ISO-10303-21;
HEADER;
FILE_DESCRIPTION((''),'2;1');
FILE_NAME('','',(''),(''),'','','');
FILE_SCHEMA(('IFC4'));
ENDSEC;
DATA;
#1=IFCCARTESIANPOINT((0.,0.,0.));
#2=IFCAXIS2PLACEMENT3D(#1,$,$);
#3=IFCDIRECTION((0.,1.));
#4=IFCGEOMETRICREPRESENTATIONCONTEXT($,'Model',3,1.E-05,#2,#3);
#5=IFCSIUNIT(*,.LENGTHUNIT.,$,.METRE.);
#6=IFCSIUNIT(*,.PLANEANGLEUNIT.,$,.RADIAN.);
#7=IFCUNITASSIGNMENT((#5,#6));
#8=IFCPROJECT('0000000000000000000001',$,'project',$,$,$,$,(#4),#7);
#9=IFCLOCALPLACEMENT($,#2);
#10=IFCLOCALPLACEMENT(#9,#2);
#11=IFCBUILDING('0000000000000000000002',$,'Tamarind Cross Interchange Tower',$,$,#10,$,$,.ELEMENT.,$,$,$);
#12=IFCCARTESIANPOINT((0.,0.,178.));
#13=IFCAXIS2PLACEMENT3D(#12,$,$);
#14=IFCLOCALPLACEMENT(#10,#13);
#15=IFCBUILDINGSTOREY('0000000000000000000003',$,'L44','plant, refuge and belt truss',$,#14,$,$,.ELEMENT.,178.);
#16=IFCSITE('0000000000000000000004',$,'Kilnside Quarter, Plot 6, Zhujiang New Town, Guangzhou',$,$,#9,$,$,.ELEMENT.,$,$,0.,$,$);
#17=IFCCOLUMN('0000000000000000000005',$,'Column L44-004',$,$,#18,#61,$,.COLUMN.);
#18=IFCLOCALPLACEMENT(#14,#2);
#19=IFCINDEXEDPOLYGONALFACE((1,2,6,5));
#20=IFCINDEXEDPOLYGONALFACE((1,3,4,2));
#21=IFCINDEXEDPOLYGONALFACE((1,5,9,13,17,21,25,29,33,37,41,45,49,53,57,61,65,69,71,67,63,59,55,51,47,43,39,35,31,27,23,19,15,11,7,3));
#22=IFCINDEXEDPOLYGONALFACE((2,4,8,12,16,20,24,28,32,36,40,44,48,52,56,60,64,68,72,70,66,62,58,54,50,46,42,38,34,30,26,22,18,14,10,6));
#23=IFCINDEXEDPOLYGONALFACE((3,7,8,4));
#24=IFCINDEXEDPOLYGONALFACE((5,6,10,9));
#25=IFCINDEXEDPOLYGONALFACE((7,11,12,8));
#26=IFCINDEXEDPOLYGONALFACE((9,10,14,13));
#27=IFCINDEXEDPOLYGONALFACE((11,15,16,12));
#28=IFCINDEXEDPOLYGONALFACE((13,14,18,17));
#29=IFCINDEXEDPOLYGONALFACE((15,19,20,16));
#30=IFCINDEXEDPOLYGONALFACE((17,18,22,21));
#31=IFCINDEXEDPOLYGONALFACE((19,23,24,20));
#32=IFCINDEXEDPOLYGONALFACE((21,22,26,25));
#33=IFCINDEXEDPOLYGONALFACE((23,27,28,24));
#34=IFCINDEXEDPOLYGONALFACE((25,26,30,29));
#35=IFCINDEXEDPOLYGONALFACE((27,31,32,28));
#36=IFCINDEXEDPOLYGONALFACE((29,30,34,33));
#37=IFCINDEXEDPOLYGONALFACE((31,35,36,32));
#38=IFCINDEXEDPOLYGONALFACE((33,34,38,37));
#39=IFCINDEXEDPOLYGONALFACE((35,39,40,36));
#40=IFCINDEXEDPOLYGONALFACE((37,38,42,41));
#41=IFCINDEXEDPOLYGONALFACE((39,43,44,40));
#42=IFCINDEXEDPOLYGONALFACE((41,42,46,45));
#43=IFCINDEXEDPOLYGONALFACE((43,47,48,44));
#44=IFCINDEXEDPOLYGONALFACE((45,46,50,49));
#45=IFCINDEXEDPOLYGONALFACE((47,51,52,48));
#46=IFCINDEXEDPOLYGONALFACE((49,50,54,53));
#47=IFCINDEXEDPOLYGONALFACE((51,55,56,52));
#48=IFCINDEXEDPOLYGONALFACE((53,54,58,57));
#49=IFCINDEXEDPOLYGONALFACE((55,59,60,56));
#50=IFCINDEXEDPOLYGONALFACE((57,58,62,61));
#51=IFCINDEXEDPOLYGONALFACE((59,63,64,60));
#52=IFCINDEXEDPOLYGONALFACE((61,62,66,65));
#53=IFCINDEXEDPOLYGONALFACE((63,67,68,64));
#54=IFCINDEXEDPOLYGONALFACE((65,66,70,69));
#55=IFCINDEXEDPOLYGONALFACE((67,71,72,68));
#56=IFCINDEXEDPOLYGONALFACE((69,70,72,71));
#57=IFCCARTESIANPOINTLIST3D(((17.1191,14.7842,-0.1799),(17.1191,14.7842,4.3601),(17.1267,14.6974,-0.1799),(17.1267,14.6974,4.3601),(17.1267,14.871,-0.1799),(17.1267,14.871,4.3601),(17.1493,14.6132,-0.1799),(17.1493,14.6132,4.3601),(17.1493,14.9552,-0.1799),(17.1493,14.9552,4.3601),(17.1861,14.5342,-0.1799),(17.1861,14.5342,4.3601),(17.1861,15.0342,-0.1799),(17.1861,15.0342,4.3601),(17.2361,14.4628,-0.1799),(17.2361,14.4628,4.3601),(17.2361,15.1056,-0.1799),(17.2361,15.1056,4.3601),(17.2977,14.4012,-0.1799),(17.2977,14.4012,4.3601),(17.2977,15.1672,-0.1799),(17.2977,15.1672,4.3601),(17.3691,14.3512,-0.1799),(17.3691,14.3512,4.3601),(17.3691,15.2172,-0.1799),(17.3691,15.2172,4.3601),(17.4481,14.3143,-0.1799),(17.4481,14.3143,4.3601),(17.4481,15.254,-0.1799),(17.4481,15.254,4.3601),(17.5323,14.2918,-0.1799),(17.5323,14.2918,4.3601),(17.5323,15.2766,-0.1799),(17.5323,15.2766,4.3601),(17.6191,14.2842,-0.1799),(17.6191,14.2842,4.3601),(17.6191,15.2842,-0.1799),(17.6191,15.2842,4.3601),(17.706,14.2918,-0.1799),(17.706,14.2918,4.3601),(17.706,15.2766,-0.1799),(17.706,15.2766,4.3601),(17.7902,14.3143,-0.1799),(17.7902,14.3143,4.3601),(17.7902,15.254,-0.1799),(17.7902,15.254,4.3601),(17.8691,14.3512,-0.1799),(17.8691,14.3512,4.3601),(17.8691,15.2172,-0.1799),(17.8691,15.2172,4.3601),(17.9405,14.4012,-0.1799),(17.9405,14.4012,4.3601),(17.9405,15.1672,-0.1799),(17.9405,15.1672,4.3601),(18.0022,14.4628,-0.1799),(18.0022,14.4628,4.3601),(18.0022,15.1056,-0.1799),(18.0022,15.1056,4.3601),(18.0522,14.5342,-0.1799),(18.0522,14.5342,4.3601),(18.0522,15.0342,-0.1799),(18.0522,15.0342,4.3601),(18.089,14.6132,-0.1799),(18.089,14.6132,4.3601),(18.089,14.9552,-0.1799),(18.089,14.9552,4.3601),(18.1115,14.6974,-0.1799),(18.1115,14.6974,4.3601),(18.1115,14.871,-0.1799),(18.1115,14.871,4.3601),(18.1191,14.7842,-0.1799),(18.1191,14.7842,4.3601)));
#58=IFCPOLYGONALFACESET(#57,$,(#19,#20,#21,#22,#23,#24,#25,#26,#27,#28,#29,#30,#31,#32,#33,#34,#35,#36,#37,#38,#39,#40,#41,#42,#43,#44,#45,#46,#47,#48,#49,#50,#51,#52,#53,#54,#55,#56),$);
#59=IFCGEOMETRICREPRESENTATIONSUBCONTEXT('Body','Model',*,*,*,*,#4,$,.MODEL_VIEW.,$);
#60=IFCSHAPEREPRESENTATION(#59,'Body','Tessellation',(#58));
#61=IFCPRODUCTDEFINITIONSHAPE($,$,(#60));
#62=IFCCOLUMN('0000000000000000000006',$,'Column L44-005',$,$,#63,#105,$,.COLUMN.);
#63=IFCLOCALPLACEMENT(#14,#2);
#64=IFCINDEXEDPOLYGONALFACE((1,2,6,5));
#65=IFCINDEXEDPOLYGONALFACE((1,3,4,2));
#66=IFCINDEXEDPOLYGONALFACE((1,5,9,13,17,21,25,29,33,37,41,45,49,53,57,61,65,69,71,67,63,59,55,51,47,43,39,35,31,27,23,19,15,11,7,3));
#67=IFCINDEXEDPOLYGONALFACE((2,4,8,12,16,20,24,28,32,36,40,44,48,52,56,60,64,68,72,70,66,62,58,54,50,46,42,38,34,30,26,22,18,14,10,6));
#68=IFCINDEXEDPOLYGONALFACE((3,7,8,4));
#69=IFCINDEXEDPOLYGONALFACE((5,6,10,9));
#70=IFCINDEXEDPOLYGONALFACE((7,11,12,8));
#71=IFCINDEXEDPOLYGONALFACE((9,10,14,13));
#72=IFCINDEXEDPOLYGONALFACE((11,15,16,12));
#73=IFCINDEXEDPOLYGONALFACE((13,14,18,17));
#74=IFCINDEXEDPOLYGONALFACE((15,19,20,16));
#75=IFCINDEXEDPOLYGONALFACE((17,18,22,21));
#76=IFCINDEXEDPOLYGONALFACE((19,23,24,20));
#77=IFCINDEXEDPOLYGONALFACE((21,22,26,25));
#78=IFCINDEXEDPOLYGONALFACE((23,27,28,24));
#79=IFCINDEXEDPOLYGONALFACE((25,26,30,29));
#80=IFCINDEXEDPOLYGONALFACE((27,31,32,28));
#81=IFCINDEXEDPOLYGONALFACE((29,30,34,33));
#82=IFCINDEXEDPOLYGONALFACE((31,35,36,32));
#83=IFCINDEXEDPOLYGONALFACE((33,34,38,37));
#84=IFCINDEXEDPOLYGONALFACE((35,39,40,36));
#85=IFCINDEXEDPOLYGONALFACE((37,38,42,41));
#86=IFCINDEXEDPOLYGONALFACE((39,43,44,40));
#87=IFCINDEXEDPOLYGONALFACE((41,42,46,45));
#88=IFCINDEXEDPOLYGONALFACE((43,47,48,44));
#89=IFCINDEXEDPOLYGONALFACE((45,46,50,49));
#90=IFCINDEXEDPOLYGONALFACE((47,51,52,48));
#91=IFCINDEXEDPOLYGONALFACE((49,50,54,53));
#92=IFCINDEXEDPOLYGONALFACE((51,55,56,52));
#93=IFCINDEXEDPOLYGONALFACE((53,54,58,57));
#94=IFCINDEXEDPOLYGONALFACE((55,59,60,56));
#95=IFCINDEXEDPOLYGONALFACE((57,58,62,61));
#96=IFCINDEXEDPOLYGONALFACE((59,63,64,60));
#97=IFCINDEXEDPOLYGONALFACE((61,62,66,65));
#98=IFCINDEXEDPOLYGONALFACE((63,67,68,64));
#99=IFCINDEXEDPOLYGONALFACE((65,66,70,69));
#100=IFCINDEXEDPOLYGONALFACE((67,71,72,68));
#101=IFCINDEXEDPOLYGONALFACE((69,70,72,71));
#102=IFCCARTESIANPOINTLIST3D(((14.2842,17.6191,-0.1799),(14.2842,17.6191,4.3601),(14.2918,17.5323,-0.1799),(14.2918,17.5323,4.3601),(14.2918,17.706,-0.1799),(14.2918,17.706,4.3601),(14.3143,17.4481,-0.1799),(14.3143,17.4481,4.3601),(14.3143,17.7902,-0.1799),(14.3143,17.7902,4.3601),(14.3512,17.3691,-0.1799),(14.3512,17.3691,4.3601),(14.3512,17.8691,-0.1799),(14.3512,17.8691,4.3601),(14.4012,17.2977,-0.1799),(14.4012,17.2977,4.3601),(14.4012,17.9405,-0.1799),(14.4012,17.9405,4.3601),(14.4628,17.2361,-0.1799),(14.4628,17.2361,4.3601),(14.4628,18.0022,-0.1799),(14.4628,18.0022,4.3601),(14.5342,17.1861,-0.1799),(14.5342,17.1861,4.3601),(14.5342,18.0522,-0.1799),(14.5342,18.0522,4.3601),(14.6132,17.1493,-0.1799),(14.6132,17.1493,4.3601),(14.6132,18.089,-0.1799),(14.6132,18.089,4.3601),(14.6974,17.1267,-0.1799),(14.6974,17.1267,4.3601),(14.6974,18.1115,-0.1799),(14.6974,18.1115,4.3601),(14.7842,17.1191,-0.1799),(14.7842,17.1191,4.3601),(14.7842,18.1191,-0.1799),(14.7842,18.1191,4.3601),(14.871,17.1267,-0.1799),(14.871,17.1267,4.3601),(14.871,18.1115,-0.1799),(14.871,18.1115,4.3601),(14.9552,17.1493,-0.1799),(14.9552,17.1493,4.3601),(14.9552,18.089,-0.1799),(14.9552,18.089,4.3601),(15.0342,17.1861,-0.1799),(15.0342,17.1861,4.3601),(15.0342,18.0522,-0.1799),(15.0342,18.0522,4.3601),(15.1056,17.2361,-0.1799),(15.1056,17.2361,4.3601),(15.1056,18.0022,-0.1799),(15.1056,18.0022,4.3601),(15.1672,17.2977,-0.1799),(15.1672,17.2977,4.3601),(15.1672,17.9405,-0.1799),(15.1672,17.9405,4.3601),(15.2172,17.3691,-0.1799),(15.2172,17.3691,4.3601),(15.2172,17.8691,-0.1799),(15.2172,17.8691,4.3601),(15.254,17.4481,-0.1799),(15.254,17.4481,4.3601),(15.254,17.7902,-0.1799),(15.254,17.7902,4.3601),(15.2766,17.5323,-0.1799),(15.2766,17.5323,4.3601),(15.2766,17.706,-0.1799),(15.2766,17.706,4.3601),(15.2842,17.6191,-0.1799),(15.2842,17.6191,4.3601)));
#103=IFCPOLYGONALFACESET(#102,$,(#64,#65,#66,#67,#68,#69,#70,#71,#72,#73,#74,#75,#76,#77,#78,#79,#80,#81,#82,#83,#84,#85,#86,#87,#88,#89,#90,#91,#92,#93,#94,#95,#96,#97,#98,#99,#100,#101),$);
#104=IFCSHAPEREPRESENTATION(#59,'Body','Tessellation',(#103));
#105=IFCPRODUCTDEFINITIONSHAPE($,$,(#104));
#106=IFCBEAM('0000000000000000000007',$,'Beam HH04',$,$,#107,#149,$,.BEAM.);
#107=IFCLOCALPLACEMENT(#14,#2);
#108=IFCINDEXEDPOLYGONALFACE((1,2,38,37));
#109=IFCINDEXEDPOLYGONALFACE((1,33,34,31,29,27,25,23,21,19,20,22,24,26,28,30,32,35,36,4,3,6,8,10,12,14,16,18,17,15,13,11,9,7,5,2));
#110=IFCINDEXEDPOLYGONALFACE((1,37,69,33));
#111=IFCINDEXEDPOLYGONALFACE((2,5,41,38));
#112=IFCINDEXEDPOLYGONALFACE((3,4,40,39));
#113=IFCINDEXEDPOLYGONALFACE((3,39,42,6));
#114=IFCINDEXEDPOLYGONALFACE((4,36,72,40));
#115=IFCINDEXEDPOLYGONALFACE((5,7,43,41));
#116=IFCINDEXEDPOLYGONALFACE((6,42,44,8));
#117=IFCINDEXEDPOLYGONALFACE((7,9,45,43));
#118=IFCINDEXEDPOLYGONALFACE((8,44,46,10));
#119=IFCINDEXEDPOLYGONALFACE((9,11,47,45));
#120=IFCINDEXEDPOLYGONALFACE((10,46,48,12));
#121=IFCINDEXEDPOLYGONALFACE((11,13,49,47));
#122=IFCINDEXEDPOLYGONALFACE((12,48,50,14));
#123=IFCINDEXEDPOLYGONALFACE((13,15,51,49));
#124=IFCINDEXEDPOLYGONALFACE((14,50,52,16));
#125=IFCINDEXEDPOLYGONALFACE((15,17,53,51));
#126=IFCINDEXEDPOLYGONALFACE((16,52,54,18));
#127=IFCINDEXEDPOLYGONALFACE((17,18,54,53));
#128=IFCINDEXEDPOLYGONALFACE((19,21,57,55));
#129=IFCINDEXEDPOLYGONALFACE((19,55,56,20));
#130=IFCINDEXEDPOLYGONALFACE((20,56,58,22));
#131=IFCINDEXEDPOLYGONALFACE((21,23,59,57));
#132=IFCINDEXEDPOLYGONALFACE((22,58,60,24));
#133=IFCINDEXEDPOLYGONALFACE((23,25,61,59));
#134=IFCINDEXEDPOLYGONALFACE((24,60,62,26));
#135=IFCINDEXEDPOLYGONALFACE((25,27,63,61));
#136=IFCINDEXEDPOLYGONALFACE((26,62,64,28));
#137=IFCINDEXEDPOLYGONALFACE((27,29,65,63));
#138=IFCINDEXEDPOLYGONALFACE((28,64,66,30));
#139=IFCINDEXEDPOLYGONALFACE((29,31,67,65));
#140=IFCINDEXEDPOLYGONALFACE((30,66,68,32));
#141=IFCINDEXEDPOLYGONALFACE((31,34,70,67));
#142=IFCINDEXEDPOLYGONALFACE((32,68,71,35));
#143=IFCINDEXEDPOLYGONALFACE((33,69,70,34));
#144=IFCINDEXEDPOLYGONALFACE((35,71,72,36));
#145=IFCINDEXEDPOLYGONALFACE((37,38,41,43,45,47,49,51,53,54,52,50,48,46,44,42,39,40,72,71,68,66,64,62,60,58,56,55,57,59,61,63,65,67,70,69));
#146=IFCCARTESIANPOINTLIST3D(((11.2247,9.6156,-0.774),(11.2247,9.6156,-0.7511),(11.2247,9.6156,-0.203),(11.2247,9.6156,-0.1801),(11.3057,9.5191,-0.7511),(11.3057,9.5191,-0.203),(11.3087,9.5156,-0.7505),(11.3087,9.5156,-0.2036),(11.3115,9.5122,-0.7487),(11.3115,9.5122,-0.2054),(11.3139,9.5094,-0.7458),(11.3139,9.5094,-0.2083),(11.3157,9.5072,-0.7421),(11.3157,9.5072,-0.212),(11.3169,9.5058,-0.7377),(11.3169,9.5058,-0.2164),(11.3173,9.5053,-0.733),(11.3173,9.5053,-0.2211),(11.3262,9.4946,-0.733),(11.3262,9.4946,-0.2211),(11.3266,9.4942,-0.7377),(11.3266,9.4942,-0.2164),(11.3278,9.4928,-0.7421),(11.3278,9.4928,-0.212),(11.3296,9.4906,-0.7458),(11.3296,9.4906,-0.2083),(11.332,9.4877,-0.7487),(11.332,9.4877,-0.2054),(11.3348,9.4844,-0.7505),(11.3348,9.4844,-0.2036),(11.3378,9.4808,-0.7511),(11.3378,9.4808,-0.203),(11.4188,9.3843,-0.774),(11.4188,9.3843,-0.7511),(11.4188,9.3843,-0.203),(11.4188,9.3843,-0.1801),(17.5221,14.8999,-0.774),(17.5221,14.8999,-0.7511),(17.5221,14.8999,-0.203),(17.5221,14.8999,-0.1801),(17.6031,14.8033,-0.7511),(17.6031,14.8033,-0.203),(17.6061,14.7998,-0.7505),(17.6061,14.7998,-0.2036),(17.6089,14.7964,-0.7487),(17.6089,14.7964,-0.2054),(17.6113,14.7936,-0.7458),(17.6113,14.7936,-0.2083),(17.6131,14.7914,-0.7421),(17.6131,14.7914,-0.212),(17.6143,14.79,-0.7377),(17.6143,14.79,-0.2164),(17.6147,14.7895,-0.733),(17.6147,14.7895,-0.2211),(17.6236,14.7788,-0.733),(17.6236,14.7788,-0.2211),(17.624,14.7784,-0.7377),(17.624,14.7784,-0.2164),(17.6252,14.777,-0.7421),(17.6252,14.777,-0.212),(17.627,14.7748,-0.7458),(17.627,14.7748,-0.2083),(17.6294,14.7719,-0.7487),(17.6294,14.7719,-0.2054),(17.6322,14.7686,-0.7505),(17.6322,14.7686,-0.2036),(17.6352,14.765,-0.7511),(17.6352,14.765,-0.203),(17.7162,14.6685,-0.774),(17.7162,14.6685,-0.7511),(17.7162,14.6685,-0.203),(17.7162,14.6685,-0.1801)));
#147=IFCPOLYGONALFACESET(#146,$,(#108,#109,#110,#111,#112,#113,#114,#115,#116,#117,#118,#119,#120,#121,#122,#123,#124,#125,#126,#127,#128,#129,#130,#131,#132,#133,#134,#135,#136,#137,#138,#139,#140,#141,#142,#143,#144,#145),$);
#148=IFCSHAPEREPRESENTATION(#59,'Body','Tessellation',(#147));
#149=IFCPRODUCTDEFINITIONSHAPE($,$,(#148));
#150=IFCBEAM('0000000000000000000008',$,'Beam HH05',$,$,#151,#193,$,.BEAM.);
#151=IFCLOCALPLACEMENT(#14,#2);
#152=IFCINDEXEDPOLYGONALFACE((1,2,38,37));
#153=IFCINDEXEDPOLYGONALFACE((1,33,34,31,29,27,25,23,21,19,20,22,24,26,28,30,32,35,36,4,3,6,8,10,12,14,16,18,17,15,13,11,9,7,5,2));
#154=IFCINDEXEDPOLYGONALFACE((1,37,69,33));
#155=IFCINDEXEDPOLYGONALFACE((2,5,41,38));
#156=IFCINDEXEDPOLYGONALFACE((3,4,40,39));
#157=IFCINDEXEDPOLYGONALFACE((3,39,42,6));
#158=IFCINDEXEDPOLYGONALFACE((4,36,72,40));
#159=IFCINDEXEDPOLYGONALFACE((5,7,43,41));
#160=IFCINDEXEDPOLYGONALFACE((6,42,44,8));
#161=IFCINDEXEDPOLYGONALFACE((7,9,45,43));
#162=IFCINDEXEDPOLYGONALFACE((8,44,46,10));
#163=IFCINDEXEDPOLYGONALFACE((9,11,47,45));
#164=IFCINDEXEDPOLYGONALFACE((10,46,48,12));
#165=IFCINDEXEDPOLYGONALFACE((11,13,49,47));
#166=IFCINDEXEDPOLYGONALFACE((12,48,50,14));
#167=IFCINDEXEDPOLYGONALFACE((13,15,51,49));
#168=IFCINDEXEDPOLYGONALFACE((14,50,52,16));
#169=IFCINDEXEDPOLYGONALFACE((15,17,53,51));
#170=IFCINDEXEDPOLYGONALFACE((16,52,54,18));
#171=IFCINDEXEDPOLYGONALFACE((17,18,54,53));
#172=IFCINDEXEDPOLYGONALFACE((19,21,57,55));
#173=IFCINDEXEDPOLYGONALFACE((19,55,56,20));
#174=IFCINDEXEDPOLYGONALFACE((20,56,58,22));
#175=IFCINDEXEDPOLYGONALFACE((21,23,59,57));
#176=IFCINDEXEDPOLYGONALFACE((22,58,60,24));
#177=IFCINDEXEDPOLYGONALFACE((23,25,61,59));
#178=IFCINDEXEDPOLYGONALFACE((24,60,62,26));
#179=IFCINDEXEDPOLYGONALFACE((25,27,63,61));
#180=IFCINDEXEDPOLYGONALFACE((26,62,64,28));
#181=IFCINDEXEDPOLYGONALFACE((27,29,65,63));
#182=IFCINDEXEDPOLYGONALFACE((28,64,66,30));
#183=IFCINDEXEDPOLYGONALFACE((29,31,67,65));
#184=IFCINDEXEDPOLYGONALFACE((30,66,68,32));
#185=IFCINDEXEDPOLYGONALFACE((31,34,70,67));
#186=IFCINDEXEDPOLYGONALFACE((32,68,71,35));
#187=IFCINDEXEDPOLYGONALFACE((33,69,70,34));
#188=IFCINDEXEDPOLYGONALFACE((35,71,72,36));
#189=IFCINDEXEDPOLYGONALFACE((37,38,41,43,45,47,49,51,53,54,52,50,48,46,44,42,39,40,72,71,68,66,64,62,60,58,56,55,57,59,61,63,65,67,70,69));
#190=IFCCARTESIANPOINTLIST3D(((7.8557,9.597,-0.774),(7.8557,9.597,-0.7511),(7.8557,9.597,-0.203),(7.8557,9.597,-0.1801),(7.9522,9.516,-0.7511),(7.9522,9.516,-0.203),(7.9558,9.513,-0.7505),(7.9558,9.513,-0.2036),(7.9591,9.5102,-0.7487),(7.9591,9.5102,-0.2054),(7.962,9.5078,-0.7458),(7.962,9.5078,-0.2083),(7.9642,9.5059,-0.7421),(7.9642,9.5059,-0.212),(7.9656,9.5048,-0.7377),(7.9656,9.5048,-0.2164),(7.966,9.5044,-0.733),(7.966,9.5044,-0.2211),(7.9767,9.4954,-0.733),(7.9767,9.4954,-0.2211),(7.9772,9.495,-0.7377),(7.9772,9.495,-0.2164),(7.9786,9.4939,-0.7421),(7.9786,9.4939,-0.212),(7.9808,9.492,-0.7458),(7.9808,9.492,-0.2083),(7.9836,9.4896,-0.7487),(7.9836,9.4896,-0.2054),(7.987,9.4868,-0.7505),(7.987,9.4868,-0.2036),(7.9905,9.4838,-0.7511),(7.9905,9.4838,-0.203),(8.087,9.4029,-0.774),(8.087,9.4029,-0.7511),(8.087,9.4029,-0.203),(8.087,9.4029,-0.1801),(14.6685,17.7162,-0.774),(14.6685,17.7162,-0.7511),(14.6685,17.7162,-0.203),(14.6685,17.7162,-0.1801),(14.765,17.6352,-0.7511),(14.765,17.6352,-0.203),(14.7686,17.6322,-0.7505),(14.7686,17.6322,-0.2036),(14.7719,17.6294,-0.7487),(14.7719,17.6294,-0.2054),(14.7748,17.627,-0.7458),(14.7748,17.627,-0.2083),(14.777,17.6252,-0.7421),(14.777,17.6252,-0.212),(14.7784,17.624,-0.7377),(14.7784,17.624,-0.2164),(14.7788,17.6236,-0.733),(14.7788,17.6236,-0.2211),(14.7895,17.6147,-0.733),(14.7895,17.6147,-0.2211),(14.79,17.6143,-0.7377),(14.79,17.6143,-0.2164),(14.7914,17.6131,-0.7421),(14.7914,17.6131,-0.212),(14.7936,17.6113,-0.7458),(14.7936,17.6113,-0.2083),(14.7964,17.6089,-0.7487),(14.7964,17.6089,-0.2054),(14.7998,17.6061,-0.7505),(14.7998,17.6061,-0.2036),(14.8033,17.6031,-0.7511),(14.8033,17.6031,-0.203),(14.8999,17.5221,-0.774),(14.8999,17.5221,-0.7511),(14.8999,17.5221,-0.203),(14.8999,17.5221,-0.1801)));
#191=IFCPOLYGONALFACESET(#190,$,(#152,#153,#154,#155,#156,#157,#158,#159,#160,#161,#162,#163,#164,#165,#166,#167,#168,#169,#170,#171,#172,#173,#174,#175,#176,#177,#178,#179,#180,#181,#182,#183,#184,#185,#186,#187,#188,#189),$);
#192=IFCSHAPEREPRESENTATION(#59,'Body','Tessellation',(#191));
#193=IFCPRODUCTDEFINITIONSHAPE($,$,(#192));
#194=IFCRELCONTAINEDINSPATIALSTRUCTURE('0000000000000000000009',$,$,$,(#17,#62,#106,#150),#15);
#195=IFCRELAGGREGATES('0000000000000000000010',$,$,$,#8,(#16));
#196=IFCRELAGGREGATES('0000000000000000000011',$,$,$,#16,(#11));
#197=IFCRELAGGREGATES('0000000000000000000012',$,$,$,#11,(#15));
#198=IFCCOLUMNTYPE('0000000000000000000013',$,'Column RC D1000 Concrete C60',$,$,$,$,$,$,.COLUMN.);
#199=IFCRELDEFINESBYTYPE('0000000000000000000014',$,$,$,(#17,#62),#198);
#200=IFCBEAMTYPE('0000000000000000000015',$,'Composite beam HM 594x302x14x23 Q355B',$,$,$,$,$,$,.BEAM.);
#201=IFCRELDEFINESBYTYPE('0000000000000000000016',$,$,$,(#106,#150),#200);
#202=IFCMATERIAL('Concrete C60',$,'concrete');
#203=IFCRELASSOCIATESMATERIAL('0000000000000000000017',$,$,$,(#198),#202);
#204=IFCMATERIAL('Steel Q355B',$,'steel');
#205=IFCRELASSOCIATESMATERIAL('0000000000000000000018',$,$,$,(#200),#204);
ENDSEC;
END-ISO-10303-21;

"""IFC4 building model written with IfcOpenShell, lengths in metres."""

from ifc_helpers import new_model, si_unit, direction, frame, origin, origin_2d, place, context, subcontext, project, spatial, circle, i_section, extrude, material, material_profile, profile_set, type_object, element, save


model = new_model("IFC4")

# Units and contexts
model_context = context("Model", 3, precision=1e-05, world=origin(), true_north=direction((0.0, 1.0)))
body_context = subcontext(model_context, "Body", "Model", "MODEL_VIEW")
ifc_project = project(units=[si_unit("LENGTHUNIT", "METRE"), si_unit("PLANEANGLEUNIT", "RADIAN")], contexts=[model_context])

# Site, building, storey
site_placement = place(None, origin())
site = spatial("IfcSite", under=ifc_project, at=site_placement, Name="Kilnside Quarter, Plot 6, Zhujiang New Town, Guangzhou", CompositionType="ELEMENT", RefElevation=0.0)
building_placement = place(site_placement, origin())
building = spatial("IfcBuilding", under=site, at=building_placement, Name="Tamarind Cross Interchange Tower", CompositionType="ELEMENT")
storey_placement = place(building_placement, frame((0.0, 0.0, 178.0)))
storey = spatial("IfcBuildingStorey", under=building, at=storey_placement, Name="L44", Description="plant, refuge and belt truss", CompositionType="ELEMENT", Elevation=178.0)

# Columns
ifc_material_1 = material(Name="Concrete C60", Category="concrete")
ifc_material_profile_1 = material_profile(ifc_material_1, circle(Radius=0.5, at=origin_2d()), Name="RC D1000")
ifc_profile_set_1 = profile_set([ifc_material_profile_1], Name="Concrete C60")
column_type = type_object("IfcColumnType", Name="Column RC D1000 Concrete C60", PredefinedType="COLUMN", material=ifc_profile_set_1)
for number, where, z_axis, x_axis, name in (
    (1, (17.6191, 14.7842, -0.1799), (0.0, 0.0, 1.0), (1.0, 0.0, 0.0), "Column L44-004"),
    (2, (14.7842, 17.6191, -0.1799), (0.0, 0.0, 1.0), (1.0, 0.0, 0.0), "Column L44-005"),
):
    element("IfcColumn", number, at=place(storey_placement, frame(where, z_axis=z_axis, x_axis=x_axis)), inside=storey, type_object=column_type, Name=name, PredefinedType="COLUMN", context=body_context, shape_type="SweptSolid", body=[
        extrude(circle(Radius=0.5, at=origin_2d()), origin(), (0.0, 0.0, 1.0), 4.54),
    ])

# Beams
ifc_material_2 = material(Name="Steel Q355B", Category="steel")
ifc_material_profile_2 = material_profile(ifc_material_2, i_section(OverallWidth=0.302, OverallDepth=0.594, WebThickness=0.0139, FlangeThickness=0.0229, FilletRadius=0.0181, at=origin_2d()), Name="HM 594x302x14x23")
ifc_profile_set_2 = profile_set([ifc_material_profile_2], Name="Steel Q355B")
beam_type = type_object("IfcBeamType", Name="Composite beam HM 594x302x14x23 Q355B", PredefinedType="BEAM", material=ifc_profile_set_2)
beam_1_placement = place(storey_placement, frame((17.6191, 14.7842, -0.4771), z_axis=(-0.766041, -0.642792, 0.0), x_axis=(0.642792, -0.766041, 0.0)))
element("IfcBeam", 3, at=beam_1_placement, inside=storey, type_object=beam_type, Name="Beam HH04", PredefinedType="BEAM", context=body_context, shape_type="SweptSolid", body=[
    extrude(i_section(OverallWidth=0.302, OverallDepth=0.594, WebThickness=0.0139, FlangeThickness=0.0229, FilletRadius=0.0181, at=origin_2d()), origin(), (0.0, 0.0, 1.0), 8.2207),
])
beam_2_placement = place(storey_placement, frame((14.7842, 17.6191, -0.4771), z_axis=(-0.642786, -0.766046, 0.0), x_axis=(0.766046, -0.642786, 0.0)))
element("IfcBeam", 4, at=beam_2_placement, inside=storey, type_object=beam_type, Name="Beam HH05", PredefinedType="BEAM", context=body_context, shape_type="SweptSolid", body=[
    extrude(i_section(OverallWidth=0.302, OverallDepth=0.594, WebThickness=0.0139, FlangeThickness=0.0229, FilletRadius=0.0181, at=origin_2d()), origin(), (0.0, 0.0, 1.0), 10.5989),
])

save(model, "model.ifc")
